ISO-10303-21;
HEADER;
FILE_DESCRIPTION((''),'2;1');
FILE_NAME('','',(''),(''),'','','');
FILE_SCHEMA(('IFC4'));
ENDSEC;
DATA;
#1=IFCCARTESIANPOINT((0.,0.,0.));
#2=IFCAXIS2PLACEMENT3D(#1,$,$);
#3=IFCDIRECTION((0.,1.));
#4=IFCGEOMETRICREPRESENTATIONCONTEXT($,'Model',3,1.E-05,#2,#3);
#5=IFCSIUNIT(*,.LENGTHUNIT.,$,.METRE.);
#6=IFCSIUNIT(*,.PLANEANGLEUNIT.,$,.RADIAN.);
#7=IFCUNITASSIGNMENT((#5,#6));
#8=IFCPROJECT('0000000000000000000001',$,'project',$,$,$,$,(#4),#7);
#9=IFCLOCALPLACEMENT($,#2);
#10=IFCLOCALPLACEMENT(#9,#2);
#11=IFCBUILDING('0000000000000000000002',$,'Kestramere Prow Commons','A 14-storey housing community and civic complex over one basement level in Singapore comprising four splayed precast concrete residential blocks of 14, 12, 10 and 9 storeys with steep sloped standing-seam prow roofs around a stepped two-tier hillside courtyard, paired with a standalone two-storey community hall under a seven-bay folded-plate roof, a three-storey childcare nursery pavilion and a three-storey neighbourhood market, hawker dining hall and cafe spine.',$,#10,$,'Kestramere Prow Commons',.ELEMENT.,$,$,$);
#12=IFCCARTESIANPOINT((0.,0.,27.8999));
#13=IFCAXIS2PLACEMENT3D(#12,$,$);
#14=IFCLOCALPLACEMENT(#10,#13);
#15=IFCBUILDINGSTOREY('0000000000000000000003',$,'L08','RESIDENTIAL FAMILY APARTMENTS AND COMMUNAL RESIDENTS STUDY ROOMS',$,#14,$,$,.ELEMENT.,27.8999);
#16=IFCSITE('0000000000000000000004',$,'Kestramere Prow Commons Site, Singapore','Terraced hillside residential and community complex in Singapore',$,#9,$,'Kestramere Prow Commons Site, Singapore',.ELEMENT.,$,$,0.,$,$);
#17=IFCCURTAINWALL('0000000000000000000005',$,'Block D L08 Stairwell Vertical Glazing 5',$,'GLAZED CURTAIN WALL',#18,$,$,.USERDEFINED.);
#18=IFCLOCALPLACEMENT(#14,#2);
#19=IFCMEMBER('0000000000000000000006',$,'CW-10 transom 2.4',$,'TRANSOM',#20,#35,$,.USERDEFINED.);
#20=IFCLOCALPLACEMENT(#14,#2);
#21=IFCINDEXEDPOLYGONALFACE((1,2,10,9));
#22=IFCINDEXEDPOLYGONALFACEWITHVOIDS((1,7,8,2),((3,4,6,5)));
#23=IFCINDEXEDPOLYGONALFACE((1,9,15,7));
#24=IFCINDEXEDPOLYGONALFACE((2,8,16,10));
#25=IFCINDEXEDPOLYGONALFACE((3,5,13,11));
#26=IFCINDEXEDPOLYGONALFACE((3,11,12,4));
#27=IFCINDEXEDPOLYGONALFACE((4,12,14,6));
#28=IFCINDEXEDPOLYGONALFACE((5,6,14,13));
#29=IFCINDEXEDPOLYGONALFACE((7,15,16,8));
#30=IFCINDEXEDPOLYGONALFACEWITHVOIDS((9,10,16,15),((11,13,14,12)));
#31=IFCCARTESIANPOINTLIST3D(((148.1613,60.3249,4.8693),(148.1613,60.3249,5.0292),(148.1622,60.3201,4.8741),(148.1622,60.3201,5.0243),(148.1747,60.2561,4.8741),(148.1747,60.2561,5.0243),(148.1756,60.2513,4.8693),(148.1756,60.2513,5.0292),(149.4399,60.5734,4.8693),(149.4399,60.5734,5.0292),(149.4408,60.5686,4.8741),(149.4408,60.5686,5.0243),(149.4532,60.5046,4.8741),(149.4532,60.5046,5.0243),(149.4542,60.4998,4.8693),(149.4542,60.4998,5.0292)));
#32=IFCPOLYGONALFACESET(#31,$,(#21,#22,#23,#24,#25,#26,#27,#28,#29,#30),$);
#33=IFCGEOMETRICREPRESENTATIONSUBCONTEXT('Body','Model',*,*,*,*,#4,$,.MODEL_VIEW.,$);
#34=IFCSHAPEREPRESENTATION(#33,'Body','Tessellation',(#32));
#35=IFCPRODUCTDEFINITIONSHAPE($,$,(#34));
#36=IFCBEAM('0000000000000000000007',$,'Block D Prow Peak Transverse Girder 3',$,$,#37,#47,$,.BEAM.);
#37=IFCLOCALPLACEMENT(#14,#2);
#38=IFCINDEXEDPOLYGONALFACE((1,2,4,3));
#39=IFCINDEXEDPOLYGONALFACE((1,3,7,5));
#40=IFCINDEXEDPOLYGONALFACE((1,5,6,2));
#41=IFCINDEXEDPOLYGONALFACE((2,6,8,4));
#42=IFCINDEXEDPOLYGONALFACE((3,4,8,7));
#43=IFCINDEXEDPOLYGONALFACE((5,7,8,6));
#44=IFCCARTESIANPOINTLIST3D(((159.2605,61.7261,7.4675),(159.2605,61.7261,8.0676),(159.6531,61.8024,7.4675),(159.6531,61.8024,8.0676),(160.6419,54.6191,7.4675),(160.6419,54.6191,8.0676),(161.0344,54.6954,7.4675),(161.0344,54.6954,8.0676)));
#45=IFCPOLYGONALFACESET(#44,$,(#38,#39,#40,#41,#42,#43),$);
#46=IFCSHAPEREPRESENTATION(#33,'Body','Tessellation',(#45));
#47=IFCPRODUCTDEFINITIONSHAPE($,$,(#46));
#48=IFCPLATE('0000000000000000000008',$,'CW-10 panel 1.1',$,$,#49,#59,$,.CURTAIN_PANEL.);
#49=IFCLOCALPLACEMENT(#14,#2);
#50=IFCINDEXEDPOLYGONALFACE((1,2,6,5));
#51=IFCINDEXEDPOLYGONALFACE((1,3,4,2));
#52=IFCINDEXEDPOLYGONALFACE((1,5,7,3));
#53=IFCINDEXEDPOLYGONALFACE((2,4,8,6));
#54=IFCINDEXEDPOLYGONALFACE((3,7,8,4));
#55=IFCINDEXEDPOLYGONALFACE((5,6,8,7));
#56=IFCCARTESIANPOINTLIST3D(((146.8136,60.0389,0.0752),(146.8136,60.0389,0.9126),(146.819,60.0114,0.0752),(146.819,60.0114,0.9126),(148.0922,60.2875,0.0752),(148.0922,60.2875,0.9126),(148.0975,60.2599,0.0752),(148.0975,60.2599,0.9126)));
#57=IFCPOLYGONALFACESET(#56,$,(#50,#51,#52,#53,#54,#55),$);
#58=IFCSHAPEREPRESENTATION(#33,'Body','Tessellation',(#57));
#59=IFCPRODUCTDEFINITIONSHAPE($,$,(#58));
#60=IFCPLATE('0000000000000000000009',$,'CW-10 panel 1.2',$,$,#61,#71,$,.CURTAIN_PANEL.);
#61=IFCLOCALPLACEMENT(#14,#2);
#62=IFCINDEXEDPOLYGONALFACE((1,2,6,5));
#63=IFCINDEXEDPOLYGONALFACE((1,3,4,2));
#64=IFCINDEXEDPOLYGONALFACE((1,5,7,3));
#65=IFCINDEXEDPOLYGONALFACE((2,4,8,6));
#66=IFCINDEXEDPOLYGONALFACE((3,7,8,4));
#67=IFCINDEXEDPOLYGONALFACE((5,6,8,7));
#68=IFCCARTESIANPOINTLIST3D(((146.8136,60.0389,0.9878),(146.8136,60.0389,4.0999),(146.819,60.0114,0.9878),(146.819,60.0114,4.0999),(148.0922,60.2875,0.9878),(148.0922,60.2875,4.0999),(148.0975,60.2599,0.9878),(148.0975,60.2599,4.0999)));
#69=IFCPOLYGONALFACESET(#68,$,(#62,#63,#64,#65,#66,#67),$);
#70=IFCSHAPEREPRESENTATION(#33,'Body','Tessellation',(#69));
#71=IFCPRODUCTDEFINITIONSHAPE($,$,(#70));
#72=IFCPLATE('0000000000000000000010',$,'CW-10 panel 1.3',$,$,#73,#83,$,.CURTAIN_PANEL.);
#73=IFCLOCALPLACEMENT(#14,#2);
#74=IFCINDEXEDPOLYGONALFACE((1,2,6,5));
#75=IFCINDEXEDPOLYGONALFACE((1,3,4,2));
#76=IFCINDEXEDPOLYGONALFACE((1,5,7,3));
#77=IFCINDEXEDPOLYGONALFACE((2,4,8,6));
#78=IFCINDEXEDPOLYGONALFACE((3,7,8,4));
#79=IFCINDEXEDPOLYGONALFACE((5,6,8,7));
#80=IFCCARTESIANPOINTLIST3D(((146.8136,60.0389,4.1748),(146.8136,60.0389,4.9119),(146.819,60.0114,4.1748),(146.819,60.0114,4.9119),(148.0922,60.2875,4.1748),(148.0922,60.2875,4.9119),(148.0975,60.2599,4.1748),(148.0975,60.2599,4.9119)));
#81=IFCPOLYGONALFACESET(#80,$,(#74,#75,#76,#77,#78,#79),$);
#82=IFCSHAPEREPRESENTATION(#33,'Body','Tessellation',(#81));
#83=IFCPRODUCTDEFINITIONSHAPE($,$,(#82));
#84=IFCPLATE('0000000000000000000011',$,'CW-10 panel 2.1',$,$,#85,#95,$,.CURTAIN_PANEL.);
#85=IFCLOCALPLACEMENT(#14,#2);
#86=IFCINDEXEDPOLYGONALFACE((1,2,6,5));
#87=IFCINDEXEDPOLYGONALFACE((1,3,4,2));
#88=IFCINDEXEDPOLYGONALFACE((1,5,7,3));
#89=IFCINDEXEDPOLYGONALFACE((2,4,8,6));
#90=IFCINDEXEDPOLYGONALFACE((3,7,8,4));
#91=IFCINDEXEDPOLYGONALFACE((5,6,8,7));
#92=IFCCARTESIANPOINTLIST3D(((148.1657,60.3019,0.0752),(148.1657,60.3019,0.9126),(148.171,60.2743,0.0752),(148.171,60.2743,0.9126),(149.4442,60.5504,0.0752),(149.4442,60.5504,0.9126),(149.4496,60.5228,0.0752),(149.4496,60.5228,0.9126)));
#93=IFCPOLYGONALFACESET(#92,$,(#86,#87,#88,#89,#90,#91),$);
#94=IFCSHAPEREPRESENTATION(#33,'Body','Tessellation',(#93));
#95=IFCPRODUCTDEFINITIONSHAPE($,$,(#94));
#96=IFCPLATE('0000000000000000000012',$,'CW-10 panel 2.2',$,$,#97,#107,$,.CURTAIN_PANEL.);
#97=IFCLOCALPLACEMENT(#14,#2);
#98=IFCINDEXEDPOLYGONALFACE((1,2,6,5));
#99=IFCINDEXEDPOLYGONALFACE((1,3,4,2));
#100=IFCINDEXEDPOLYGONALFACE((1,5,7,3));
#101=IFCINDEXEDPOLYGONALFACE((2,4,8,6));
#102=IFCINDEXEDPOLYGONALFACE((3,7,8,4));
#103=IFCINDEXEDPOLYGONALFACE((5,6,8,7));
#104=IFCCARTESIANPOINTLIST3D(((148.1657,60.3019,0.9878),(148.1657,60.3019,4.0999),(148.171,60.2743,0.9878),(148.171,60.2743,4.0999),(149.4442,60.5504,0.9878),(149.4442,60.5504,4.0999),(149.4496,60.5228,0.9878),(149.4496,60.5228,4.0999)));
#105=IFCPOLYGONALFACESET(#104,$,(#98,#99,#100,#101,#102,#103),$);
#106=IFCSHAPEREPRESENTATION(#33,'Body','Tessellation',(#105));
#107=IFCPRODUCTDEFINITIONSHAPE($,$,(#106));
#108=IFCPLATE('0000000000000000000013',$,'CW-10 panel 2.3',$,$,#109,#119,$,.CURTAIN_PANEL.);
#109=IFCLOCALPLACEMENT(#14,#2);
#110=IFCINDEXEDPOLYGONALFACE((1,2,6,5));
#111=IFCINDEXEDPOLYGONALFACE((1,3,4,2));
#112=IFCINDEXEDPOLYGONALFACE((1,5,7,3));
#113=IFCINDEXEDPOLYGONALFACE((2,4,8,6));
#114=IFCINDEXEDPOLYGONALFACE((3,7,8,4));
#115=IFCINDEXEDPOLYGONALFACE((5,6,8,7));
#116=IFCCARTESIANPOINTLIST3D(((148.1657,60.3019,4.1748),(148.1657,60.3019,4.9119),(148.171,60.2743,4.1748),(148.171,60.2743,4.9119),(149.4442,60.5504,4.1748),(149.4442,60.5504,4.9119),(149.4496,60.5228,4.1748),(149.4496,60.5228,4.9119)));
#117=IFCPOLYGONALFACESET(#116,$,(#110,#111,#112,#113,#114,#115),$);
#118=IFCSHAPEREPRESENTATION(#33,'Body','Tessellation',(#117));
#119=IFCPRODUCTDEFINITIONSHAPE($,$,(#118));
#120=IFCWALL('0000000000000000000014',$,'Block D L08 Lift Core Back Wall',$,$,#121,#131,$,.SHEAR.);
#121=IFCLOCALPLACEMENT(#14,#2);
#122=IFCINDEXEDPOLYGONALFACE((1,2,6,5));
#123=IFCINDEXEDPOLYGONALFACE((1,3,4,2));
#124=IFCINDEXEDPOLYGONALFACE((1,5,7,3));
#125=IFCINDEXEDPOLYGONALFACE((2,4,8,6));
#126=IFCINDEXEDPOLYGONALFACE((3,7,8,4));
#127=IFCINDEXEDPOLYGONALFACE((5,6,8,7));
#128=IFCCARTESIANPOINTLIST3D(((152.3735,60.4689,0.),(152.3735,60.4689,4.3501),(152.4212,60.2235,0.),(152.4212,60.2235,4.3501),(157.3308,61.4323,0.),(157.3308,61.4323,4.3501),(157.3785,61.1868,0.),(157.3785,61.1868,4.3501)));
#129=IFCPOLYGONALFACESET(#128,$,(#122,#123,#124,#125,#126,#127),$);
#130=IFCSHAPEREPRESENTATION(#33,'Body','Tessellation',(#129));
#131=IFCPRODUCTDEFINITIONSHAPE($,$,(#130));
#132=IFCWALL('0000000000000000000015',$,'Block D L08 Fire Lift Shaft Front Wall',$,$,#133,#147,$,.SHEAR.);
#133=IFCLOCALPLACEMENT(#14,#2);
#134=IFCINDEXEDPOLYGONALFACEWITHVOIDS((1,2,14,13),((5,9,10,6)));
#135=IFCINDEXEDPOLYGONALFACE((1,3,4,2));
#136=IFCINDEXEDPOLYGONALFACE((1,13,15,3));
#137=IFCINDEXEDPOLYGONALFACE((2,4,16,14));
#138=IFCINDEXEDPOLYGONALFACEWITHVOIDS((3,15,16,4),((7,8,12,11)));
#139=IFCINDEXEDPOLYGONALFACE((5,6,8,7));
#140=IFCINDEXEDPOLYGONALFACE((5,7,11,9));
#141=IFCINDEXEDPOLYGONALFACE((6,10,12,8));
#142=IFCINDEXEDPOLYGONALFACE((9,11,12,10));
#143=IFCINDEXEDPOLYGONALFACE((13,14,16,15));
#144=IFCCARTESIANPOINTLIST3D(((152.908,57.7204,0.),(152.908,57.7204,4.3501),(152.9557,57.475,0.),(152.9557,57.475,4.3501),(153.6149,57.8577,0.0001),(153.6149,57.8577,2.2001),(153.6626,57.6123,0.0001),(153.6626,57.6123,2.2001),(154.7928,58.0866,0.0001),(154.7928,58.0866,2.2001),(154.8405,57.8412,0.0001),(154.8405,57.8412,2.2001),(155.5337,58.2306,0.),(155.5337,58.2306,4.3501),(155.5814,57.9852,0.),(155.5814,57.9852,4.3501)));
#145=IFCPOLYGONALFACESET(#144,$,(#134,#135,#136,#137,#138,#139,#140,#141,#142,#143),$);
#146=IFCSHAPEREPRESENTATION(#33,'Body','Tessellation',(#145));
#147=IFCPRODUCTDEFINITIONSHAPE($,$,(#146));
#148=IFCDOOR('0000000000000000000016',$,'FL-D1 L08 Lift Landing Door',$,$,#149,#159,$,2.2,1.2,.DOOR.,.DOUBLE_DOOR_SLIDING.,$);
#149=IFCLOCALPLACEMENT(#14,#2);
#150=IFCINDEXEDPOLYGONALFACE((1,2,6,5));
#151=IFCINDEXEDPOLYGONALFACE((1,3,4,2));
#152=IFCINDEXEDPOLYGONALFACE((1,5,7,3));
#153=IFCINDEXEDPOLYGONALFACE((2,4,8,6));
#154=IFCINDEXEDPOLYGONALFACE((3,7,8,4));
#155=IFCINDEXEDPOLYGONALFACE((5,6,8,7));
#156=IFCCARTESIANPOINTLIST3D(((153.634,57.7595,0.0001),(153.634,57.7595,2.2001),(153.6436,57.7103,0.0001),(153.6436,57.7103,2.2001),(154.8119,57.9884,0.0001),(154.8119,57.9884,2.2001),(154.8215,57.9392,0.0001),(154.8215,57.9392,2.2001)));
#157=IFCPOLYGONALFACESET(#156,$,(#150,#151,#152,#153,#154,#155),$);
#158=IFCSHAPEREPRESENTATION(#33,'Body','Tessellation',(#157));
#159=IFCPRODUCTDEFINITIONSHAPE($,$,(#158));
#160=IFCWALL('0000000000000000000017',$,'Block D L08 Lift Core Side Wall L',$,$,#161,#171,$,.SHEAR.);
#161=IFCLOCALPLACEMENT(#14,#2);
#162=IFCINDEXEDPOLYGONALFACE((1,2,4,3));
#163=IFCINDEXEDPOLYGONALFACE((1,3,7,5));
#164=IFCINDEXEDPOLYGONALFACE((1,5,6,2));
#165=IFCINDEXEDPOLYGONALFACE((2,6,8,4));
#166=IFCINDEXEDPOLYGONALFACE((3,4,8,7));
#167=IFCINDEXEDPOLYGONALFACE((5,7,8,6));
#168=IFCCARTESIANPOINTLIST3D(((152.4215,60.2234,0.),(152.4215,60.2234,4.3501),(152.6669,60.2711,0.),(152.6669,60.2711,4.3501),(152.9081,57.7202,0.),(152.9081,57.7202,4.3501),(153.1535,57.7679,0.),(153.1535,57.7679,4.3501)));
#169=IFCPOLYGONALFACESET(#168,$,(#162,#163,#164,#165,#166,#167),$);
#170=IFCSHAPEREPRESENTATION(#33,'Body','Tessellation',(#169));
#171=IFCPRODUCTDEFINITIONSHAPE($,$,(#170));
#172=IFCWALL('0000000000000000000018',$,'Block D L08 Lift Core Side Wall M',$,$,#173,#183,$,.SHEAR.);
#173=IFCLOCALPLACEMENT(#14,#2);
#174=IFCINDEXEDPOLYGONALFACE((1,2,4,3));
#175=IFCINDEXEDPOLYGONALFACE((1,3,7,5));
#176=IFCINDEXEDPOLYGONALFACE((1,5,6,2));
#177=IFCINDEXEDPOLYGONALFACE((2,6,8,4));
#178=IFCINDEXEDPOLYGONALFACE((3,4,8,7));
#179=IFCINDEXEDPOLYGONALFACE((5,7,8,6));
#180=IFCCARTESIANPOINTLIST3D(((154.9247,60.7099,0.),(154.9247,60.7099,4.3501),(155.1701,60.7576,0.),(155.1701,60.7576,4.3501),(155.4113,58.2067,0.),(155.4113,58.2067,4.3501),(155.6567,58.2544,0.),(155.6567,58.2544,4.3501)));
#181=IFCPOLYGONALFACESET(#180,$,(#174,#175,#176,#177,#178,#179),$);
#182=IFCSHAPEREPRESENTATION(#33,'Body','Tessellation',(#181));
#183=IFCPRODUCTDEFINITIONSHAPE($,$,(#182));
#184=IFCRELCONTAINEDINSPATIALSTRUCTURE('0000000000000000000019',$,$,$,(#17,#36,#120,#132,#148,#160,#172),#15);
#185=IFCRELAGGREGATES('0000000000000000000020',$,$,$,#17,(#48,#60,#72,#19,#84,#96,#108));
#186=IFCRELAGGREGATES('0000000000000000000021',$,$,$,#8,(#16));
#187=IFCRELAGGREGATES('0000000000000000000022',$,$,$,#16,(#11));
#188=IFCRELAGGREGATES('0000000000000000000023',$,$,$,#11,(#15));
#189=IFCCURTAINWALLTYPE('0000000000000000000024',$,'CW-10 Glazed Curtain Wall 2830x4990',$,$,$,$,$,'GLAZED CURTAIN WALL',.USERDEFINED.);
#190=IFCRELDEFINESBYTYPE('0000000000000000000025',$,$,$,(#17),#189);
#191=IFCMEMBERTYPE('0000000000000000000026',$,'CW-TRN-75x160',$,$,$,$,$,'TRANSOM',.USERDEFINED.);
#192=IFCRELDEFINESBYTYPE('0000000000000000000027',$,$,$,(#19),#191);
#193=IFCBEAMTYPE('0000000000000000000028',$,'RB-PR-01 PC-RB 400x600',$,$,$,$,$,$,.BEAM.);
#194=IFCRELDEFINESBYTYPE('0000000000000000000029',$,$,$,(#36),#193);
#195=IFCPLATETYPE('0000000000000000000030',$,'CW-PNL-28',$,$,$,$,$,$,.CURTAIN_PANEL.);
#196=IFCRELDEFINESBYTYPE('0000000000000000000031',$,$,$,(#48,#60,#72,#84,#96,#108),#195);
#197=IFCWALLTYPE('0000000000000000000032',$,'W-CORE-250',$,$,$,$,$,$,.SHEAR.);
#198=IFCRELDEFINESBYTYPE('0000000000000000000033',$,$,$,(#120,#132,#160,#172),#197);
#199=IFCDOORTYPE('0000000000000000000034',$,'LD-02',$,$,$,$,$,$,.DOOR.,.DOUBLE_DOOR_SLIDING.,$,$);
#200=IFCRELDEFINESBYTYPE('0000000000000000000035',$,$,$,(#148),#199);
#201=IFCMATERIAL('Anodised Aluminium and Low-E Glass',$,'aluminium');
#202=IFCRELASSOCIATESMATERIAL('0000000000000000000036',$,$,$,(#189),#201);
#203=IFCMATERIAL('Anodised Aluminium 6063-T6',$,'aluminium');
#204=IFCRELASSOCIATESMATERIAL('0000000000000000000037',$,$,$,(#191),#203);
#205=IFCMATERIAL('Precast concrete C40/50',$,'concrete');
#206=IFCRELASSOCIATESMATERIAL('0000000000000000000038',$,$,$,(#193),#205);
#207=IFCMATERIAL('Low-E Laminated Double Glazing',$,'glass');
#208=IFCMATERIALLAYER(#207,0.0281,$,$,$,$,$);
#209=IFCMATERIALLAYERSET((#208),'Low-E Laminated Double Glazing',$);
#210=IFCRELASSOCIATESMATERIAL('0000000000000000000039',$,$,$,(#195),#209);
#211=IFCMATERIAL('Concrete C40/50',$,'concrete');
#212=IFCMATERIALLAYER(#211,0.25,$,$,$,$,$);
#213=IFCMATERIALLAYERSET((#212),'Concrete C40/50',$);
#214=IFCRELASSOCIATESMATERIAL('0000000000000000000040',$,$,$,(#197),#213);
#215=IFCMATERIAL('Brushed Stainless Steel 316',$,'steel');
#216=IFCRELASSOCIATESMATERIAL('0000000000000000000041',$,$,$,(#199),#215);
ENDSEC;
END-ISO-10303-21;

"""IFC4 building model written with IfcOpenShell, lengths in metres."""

from ifc_helpers import new_model, si_unit, direction, frame, frame_2d, origin, origin_2d, place, context, subcontext, project, spatial, rectangle, hollow_rectangle, extrude, material, layer, layer_set, material_profile, profile_set, type_object, element, fill, aggregate, save


model = new_model("IFC4")

# Units and contexts
model_context = context("Model", 3, precision=1e-05, world=origin(), true_north=direction((0.0, 1.0)))
body_context = subcontext(model_context, "Body", "Model", "MODEL_VIEW")
ifc_project = project(units=[si_unit("LENGTHUNIT", "METRE"), si_unit("PLANEANGLEUNIT", "RADIAN")], contexts=[model_context])

# Site, building, storey
site_placement = place(None, origin())
site = spatial("IfcSite", under=ifc_project, at=site_placement, Name="Kestramere Prow Commons Site, Singapore", Description="Terraced hillside residential and community complex in Singapore", LongName="Kestramere Prow Commons Site, Singapore", CompositionType="ELEMENT", RefElevation=0.0)
building_placement = place(site_placement, origin())
building = spatial("IfcBuilding", under=site, at=building_placement, Name="Kestramere Prow Commons", Description="A 14-storey housing community and civic complex over one basement level in Singapore comprising four splayed precast concrete residential blocks of 14, 12, 10 and 9 storeys with steep sloped standing-seam prow roofs around a stepped two-tier hillside courtyard, paired with a standalone two-storey community hall under a seven-bay folded-plate roof, a three-storey childcare nursery pavilion and a three-storey neighbourhood market, hawker dining hall and cafe spine.", LongName="Kestramere Prow Commons", CompositionType="ELEMENT")
storey_placement = place(building_placement, frame((0.0, 0.0, 27.8999)))
storey = spatial("IfcBuildingStorey", under=building, at=storey_placement, Name="L08", Description="RESIDENTIAL FAMILY APARTMENTS AND COMMUNAL RESIDENTS STUDY ROOMS", CompositionType="ELEMENT", Elevation=27.8999)

# Shared definitions
ifc_material_1 = material(Name="Precast concrete C40/50", Category="concrete")

# Curtain wall, member
ifc_material_2 = material(Name="Anodised Aluminium and Low-E Glass", Category="aluminium")
curtain_wall_type = type_object("IfcCurtainWallType", Name="CW-10 Glazed Curtain Wall 2830x4990", ElementType="GLAZED CURTAIN WALL", PredefinedType="USERDEFINED", material=ifc_material_2)
curtain_wall_placement = place(storey_placement, origin())
curtain_wall = element("IfcCurtainWall", 1, at=curtain_wall_placement, inside=storey, type_object=curtain_wall_type, Name="Block D L08 Stairwell Vertical Glazing 5", ObjectType="GLAZED CURTAIN WALL", PredefinedType="USERDEFINED")
ifc_material_3 = material(Name="Anodised Aluminium 6063-T6", Category="aluminium")
ifc_material_profile_1 = material_profile(ifc_material_3, hollow_rectangle(XDim=0.075, YDim=0.1599, WallThickness=0.0049, at=origin_2d()), Name="ALU-TRN 75x160")
ifc_profile_set_1 = profile_set([ifc_material_profile_1], Name="Anodised Aluminium 6063-T6")
member_type_1 = type_object("IfcMemberType", Name="CW-TRN-75x160", ElementType="TRANSOM", PredefinedType="USERDEFINED", material=ifc_profile_set_1)
member_1_placement = place(storey_placement, frame((148.1685, 60.2881, 4.9492), z_axis=(0.981626, 0.190814, 0.0), x_axis=(-0.190814, 0.981626, 0.0)))
member_1 = element("IfcMember", 2, at=member_1_placement, type_object=member_type_1, Name="CW-10 transom 2.4", ObjectType="TRANSOM", PredefinedType="USERDEFINED", context=body_context, shape_type="SweptSolid", body=[
    extrude(hollow_rectangle(XDim=0.075, YDim=0.1599, WallThickness=0.0049, at=origin_2d()), origin(), (0.0, 0.0, 1.0), 1.3025),
])

# Beam
ifc_material_profile_2 = material_profile(ifc_material_1, rectangle(XDim=0.3999, YDim=0.6001, at=origin_2d()), Name="PC-RB 400x600")
ifc_profile_set_2 = profile_set([ifc_material_profile_2], Name="Precast concrete C40/50")
beam_type = type_object("IfcBeamType", Name="RB-PR-01 PC-RB 400x600", PredefinedType="BEAM", material=ifc_profile_set_2)
beam_placement = place(storey_placement, frame((160.8381, 54.6572, 7.7676), z_axis=(-0.190796, 0.98163, 0.0), x_axis=(-0.98163, -0.190796, 0.0)))
element("IfcBeam", 3, at=beam_placement, inside=storey, type_object=beam_type, Name="Block D Prow Peak Transverse Girder 3", PredefinedType="BEAM", context=body_context, shape_type="SweptSolid", body=[
    extrude(rectangle(XDim=0.3999, YDim=0.6001, at=origin_2d()), origin(), (0.0, 0.0, 1.0), 7.24),
])

# Plates
ifc_material_4 = material(Name="Low-E Laminated Double Glazing", Category="glass")
ifc_layer_1 = layer(ifc_material_4, 0.0281)
ifc_layer_set_1 = layer_set([ifc_layer_1], Name="Low-E Laminated Double Glazing")
plate_type = type_object("IfcPlateType", Name="CW-PNL-28", PredefinedType="CURTAIN_PANEL", material=ifc_layer_set_1)
plate_1_placement = place(storey_placement, frame((147.4556, 60.1494, 0.0752), z_axis=(0.0, 0.0, 1.0), x_axis=(0.981627, 0.190809, 0.0)))
plate_1 = element("IfcPlate", 4, at=plate_1_placement, type_object=plate_type, Name="CW-10 panel 1.1", PredefinedType="CURTAIN_PANEL", context=body_context, shape_type="SweptSolid", body=[
    extrude(rectangle(XDim=1.3025, YDim=0.0281, at=origin_2d()), origin(), (0.0, 0.0, 1.0), 0.8374),
])
plate_2_placement = place(storey_placement, frame((147.4556, 60.1494, 0.9878), z_axis=(0.0, 0.0, 1.0), x_axis=(0.981627, 0.190809, 0.0)))
plate_2 = element("IfcPlate", 5, at=plate_2_placement, type_object=plate_type, Name="CW-10 panel 1.2", PredefinedType="CURTAIN_PANEL", context=body_context, shape_type="SweptSolid", body=[
    extrude(rectangle(XDim=1.3025, YDim=0.0281, at=origin_2d()), origin(), (0.0, 0.0, 1.0), 3.1121),
])
plate_3_placement = place(storey_placement, frame((147.4556, 60.1494, 4.1748), z_axis=(0.0, 0.0, 1.0), x_axis=(0.981627, 0.190809, 0.0)))
plate_3 = element("IfcPlate", 6, at=plate_3_placement, type_object=plate_type, Name="CW-10 panel 1.3", PredefinedType="CURTAIN_PANEL", context=body_context, shape_type="SweptSolid", body=[
    extrude(rectangle(XDim=1.3025, YDim=0.0281, at=origin_2d()), origin(), (0.0, 0.0, 1.0), 0.7371),
])
plate_4_placement = place(storey_placement, frame((148.8076, 60.4124, 0.0752), z_axis=(0.0, 0.0, 1.0), x_axis=(0.981627, 0.190809, 0.0)))
plate_4 = element("IfcPlate", 7, at=plate_4_placement, type_object=plate_type, Name="CW-10 panel 2.1", PredefinedType="CURTAIN_PANEL", context=body_context, shape_type="SweptSolid", body=[
    extrude(rectangle(XDim=1.3025, YDim=0.0281, at=origin_2d()), origin(), (0.0, 0.0, 1.0), 0.8374),
])
plate_5_placement = place(storey_placement, frame((148.8076, 60.4124, 0.9878), z_axis=(0.0, 0.0, 1.0), x_axis=(0.981627, 0.190809, 0.0)))
plate_5 = element("IfcPlate", 8, at=plate_5_placement, type_object=plate_type, Name="CW-10 panel 2.2", PredefinedType="CURTAIN_PANEL", context=body_context, shape_type="SweptSolid", body=[
    extrude(rectangle(XDim=1.3025, YDim=0.0281, at=origin_2d()), origin(), (0.0, 0.0, 1.0), 3.1121),
])
plate_6_placement = place(storey_placement, frame((148.8076, 60.4124, 4.1748), z_axis=(0.0, 0.0, 1.0), x_axis=(0.981627, 0.190809, 0.0)))
plate_6 = element("IfcPlate", 9, at=plate_6_placement, type_object=plate_type, Name="CW-10 panel 2.3", PredefinedType="CURTAIN_PANEL", context=body_context, shape_type="SweptSolid", body=[
    extrude(rectangle(XDim=1.3025, YDim=0.0281, at=origin_2d()), origin(), (0.0, 0.0, 1.0), 0.7371),
])
aggregate(curtain_wall, [plate_1, plate_2, plate_3, member_1, plate_4, plate_5, plate_6])

# Wall
ifc_material_5 = material(Name="Concrete C40/50", Category="concrete")
ifc_layer_2 = layer(ifc_material_5, 0.25)
ifc_layer_set_2 = layer_set([ifc_layer_2], Name="Concrete C40/50")
wall_type_1 = type_object("IfcWallType", Name="W-CORE-250", PredefinedType="SHEAR", material=ifc_layer_set_2)
wall_1_placement = place(storey_placement, frame((152.3975, 60.3462, 0.0), z_axis=(0.0, 0.0, 1.0), x_axis=(0.981635, 0.190767, 0.0)))
element("IfcWall", 10, at=wall_1_placement, inside=storey, type_object=wall_type_1, Name="Block D L08 Lift Core Back Wall", PredefinedType="SHEAR", context=body_context, shape_type="SweptSolid", body=[
    extrude(rectangle(XDim=5.05, YDim=0.25, at=frame_2d((2.5249, 0.0))), origin(), (0.0, 0.0, 1.0), 4.3501),
])

# Wall, opening, door
wall_2_placement = place(storey_placement, frame((152.9319, 57.5977, 0.0), z_axis=(0.0, 0.0, 1.0), x_axis=(0.981637, 0.19076, 0.0)))
wall_2 = element("IfcWall", 11, at=wall_2_placement, inside=storey, type_object=wall_type_1, Name="Block D L08 Fire Lift Shaft Front Wall", PredefinedType="SHEAR", context=body_context, shape_type="SweptSolid", body=[
    extrude(rectangle(XDim=2.6748, YDim=0.25, at=frame_2d((1.3374, 0.0))), origin(), (0.0, 0.0, 1.0), 4.3501),
])
opening_1_placement = place(wall_2_placement, frame((0.72, 0.0, 0.0)))
opening_1 = element("IfcOpeningElement", 12, at=opening_1_placement, cuts=wall_2, PredefinedType="OPENING", context=body_context, shape_type="SweptSolid", body=[
    extrude(rectangle(XDim=1.2, YDim=2.2, at=frame_2d((0.6001, 1.1001))), frame((0.0, 0.1399, 0.0), z_axis=(0.0, -1.0, 0.0), x_axis=(1.0, 0.0, 0.0)), (0.0, 0.0, 1.0), 0.28),
])
ifc_material_6 = material(Name="Brushed Stainless Steel 316", Category="steel")
door_type_1 = type_object("IfcDoorType", Name="LD-02", OperationType="DOUBLE_DOOR_SLIDING", PredefinedType="DOOR", material=ifc_material_6)
door_1_placement = place(opening_1_placement, origin())
door_1 = element("IfcDoor", 13, at=door_1_placement, inside=storey, type_object=door_type_1, Name="FL-D1 L08 Lift Landing Door", OperationType="DOUBLE_DOOR_SLIDING", OverallHeight=2.2, OverallWidth=1.2, PredefinedType="DOOR", context=body_context, shape_type="SweptSolid", body=[
    extrude(rectangle(XDim=1.2, YDim=2.2, at=frame_2d((0.6001, 1.1001))), frame((0.0, 0.0249, 0.0), z_axis=(0.0, -1.0, 0.0), x_axis=(1.0, 0.0, 0.0)), (0.0, 0.0, 1.0), 0.05),
])
fill(opening_1, door_1)

# Walls
for number, where, z_axis, x_axis, name in (
    (14, (153.0308, 57.7441, 0.0), (0.0, 0.0, 1.0), (-0.190811, 0.981627, 0.0), "Block D L08 Lift Core Side Wall L"),
    (15, (155.5339, 58.2307, 0.0), (0.0, 0.0, 1.0), (-0.190811, 0.981627, 0.0), "Block D L08 Lift Core Side Wall M"),
):
    element("IfcWall", number, at=place(storey_placement, frame(where, z_axis=z_axis, x_axis=x_axis)), inside=storey, type_object=wall_type_1, Name=name, PredefinedType="SHEAR", context=body_context, shape_type="SweptSolid", body=[
        extrude(rectangle(XDim=2.55, YDim=0.25, at=frame_2d((1.2749, 0.0))), origin(), (0.0, 0.0, 1.0), 4.3501),
    ])

save(model, "model.ifc")
